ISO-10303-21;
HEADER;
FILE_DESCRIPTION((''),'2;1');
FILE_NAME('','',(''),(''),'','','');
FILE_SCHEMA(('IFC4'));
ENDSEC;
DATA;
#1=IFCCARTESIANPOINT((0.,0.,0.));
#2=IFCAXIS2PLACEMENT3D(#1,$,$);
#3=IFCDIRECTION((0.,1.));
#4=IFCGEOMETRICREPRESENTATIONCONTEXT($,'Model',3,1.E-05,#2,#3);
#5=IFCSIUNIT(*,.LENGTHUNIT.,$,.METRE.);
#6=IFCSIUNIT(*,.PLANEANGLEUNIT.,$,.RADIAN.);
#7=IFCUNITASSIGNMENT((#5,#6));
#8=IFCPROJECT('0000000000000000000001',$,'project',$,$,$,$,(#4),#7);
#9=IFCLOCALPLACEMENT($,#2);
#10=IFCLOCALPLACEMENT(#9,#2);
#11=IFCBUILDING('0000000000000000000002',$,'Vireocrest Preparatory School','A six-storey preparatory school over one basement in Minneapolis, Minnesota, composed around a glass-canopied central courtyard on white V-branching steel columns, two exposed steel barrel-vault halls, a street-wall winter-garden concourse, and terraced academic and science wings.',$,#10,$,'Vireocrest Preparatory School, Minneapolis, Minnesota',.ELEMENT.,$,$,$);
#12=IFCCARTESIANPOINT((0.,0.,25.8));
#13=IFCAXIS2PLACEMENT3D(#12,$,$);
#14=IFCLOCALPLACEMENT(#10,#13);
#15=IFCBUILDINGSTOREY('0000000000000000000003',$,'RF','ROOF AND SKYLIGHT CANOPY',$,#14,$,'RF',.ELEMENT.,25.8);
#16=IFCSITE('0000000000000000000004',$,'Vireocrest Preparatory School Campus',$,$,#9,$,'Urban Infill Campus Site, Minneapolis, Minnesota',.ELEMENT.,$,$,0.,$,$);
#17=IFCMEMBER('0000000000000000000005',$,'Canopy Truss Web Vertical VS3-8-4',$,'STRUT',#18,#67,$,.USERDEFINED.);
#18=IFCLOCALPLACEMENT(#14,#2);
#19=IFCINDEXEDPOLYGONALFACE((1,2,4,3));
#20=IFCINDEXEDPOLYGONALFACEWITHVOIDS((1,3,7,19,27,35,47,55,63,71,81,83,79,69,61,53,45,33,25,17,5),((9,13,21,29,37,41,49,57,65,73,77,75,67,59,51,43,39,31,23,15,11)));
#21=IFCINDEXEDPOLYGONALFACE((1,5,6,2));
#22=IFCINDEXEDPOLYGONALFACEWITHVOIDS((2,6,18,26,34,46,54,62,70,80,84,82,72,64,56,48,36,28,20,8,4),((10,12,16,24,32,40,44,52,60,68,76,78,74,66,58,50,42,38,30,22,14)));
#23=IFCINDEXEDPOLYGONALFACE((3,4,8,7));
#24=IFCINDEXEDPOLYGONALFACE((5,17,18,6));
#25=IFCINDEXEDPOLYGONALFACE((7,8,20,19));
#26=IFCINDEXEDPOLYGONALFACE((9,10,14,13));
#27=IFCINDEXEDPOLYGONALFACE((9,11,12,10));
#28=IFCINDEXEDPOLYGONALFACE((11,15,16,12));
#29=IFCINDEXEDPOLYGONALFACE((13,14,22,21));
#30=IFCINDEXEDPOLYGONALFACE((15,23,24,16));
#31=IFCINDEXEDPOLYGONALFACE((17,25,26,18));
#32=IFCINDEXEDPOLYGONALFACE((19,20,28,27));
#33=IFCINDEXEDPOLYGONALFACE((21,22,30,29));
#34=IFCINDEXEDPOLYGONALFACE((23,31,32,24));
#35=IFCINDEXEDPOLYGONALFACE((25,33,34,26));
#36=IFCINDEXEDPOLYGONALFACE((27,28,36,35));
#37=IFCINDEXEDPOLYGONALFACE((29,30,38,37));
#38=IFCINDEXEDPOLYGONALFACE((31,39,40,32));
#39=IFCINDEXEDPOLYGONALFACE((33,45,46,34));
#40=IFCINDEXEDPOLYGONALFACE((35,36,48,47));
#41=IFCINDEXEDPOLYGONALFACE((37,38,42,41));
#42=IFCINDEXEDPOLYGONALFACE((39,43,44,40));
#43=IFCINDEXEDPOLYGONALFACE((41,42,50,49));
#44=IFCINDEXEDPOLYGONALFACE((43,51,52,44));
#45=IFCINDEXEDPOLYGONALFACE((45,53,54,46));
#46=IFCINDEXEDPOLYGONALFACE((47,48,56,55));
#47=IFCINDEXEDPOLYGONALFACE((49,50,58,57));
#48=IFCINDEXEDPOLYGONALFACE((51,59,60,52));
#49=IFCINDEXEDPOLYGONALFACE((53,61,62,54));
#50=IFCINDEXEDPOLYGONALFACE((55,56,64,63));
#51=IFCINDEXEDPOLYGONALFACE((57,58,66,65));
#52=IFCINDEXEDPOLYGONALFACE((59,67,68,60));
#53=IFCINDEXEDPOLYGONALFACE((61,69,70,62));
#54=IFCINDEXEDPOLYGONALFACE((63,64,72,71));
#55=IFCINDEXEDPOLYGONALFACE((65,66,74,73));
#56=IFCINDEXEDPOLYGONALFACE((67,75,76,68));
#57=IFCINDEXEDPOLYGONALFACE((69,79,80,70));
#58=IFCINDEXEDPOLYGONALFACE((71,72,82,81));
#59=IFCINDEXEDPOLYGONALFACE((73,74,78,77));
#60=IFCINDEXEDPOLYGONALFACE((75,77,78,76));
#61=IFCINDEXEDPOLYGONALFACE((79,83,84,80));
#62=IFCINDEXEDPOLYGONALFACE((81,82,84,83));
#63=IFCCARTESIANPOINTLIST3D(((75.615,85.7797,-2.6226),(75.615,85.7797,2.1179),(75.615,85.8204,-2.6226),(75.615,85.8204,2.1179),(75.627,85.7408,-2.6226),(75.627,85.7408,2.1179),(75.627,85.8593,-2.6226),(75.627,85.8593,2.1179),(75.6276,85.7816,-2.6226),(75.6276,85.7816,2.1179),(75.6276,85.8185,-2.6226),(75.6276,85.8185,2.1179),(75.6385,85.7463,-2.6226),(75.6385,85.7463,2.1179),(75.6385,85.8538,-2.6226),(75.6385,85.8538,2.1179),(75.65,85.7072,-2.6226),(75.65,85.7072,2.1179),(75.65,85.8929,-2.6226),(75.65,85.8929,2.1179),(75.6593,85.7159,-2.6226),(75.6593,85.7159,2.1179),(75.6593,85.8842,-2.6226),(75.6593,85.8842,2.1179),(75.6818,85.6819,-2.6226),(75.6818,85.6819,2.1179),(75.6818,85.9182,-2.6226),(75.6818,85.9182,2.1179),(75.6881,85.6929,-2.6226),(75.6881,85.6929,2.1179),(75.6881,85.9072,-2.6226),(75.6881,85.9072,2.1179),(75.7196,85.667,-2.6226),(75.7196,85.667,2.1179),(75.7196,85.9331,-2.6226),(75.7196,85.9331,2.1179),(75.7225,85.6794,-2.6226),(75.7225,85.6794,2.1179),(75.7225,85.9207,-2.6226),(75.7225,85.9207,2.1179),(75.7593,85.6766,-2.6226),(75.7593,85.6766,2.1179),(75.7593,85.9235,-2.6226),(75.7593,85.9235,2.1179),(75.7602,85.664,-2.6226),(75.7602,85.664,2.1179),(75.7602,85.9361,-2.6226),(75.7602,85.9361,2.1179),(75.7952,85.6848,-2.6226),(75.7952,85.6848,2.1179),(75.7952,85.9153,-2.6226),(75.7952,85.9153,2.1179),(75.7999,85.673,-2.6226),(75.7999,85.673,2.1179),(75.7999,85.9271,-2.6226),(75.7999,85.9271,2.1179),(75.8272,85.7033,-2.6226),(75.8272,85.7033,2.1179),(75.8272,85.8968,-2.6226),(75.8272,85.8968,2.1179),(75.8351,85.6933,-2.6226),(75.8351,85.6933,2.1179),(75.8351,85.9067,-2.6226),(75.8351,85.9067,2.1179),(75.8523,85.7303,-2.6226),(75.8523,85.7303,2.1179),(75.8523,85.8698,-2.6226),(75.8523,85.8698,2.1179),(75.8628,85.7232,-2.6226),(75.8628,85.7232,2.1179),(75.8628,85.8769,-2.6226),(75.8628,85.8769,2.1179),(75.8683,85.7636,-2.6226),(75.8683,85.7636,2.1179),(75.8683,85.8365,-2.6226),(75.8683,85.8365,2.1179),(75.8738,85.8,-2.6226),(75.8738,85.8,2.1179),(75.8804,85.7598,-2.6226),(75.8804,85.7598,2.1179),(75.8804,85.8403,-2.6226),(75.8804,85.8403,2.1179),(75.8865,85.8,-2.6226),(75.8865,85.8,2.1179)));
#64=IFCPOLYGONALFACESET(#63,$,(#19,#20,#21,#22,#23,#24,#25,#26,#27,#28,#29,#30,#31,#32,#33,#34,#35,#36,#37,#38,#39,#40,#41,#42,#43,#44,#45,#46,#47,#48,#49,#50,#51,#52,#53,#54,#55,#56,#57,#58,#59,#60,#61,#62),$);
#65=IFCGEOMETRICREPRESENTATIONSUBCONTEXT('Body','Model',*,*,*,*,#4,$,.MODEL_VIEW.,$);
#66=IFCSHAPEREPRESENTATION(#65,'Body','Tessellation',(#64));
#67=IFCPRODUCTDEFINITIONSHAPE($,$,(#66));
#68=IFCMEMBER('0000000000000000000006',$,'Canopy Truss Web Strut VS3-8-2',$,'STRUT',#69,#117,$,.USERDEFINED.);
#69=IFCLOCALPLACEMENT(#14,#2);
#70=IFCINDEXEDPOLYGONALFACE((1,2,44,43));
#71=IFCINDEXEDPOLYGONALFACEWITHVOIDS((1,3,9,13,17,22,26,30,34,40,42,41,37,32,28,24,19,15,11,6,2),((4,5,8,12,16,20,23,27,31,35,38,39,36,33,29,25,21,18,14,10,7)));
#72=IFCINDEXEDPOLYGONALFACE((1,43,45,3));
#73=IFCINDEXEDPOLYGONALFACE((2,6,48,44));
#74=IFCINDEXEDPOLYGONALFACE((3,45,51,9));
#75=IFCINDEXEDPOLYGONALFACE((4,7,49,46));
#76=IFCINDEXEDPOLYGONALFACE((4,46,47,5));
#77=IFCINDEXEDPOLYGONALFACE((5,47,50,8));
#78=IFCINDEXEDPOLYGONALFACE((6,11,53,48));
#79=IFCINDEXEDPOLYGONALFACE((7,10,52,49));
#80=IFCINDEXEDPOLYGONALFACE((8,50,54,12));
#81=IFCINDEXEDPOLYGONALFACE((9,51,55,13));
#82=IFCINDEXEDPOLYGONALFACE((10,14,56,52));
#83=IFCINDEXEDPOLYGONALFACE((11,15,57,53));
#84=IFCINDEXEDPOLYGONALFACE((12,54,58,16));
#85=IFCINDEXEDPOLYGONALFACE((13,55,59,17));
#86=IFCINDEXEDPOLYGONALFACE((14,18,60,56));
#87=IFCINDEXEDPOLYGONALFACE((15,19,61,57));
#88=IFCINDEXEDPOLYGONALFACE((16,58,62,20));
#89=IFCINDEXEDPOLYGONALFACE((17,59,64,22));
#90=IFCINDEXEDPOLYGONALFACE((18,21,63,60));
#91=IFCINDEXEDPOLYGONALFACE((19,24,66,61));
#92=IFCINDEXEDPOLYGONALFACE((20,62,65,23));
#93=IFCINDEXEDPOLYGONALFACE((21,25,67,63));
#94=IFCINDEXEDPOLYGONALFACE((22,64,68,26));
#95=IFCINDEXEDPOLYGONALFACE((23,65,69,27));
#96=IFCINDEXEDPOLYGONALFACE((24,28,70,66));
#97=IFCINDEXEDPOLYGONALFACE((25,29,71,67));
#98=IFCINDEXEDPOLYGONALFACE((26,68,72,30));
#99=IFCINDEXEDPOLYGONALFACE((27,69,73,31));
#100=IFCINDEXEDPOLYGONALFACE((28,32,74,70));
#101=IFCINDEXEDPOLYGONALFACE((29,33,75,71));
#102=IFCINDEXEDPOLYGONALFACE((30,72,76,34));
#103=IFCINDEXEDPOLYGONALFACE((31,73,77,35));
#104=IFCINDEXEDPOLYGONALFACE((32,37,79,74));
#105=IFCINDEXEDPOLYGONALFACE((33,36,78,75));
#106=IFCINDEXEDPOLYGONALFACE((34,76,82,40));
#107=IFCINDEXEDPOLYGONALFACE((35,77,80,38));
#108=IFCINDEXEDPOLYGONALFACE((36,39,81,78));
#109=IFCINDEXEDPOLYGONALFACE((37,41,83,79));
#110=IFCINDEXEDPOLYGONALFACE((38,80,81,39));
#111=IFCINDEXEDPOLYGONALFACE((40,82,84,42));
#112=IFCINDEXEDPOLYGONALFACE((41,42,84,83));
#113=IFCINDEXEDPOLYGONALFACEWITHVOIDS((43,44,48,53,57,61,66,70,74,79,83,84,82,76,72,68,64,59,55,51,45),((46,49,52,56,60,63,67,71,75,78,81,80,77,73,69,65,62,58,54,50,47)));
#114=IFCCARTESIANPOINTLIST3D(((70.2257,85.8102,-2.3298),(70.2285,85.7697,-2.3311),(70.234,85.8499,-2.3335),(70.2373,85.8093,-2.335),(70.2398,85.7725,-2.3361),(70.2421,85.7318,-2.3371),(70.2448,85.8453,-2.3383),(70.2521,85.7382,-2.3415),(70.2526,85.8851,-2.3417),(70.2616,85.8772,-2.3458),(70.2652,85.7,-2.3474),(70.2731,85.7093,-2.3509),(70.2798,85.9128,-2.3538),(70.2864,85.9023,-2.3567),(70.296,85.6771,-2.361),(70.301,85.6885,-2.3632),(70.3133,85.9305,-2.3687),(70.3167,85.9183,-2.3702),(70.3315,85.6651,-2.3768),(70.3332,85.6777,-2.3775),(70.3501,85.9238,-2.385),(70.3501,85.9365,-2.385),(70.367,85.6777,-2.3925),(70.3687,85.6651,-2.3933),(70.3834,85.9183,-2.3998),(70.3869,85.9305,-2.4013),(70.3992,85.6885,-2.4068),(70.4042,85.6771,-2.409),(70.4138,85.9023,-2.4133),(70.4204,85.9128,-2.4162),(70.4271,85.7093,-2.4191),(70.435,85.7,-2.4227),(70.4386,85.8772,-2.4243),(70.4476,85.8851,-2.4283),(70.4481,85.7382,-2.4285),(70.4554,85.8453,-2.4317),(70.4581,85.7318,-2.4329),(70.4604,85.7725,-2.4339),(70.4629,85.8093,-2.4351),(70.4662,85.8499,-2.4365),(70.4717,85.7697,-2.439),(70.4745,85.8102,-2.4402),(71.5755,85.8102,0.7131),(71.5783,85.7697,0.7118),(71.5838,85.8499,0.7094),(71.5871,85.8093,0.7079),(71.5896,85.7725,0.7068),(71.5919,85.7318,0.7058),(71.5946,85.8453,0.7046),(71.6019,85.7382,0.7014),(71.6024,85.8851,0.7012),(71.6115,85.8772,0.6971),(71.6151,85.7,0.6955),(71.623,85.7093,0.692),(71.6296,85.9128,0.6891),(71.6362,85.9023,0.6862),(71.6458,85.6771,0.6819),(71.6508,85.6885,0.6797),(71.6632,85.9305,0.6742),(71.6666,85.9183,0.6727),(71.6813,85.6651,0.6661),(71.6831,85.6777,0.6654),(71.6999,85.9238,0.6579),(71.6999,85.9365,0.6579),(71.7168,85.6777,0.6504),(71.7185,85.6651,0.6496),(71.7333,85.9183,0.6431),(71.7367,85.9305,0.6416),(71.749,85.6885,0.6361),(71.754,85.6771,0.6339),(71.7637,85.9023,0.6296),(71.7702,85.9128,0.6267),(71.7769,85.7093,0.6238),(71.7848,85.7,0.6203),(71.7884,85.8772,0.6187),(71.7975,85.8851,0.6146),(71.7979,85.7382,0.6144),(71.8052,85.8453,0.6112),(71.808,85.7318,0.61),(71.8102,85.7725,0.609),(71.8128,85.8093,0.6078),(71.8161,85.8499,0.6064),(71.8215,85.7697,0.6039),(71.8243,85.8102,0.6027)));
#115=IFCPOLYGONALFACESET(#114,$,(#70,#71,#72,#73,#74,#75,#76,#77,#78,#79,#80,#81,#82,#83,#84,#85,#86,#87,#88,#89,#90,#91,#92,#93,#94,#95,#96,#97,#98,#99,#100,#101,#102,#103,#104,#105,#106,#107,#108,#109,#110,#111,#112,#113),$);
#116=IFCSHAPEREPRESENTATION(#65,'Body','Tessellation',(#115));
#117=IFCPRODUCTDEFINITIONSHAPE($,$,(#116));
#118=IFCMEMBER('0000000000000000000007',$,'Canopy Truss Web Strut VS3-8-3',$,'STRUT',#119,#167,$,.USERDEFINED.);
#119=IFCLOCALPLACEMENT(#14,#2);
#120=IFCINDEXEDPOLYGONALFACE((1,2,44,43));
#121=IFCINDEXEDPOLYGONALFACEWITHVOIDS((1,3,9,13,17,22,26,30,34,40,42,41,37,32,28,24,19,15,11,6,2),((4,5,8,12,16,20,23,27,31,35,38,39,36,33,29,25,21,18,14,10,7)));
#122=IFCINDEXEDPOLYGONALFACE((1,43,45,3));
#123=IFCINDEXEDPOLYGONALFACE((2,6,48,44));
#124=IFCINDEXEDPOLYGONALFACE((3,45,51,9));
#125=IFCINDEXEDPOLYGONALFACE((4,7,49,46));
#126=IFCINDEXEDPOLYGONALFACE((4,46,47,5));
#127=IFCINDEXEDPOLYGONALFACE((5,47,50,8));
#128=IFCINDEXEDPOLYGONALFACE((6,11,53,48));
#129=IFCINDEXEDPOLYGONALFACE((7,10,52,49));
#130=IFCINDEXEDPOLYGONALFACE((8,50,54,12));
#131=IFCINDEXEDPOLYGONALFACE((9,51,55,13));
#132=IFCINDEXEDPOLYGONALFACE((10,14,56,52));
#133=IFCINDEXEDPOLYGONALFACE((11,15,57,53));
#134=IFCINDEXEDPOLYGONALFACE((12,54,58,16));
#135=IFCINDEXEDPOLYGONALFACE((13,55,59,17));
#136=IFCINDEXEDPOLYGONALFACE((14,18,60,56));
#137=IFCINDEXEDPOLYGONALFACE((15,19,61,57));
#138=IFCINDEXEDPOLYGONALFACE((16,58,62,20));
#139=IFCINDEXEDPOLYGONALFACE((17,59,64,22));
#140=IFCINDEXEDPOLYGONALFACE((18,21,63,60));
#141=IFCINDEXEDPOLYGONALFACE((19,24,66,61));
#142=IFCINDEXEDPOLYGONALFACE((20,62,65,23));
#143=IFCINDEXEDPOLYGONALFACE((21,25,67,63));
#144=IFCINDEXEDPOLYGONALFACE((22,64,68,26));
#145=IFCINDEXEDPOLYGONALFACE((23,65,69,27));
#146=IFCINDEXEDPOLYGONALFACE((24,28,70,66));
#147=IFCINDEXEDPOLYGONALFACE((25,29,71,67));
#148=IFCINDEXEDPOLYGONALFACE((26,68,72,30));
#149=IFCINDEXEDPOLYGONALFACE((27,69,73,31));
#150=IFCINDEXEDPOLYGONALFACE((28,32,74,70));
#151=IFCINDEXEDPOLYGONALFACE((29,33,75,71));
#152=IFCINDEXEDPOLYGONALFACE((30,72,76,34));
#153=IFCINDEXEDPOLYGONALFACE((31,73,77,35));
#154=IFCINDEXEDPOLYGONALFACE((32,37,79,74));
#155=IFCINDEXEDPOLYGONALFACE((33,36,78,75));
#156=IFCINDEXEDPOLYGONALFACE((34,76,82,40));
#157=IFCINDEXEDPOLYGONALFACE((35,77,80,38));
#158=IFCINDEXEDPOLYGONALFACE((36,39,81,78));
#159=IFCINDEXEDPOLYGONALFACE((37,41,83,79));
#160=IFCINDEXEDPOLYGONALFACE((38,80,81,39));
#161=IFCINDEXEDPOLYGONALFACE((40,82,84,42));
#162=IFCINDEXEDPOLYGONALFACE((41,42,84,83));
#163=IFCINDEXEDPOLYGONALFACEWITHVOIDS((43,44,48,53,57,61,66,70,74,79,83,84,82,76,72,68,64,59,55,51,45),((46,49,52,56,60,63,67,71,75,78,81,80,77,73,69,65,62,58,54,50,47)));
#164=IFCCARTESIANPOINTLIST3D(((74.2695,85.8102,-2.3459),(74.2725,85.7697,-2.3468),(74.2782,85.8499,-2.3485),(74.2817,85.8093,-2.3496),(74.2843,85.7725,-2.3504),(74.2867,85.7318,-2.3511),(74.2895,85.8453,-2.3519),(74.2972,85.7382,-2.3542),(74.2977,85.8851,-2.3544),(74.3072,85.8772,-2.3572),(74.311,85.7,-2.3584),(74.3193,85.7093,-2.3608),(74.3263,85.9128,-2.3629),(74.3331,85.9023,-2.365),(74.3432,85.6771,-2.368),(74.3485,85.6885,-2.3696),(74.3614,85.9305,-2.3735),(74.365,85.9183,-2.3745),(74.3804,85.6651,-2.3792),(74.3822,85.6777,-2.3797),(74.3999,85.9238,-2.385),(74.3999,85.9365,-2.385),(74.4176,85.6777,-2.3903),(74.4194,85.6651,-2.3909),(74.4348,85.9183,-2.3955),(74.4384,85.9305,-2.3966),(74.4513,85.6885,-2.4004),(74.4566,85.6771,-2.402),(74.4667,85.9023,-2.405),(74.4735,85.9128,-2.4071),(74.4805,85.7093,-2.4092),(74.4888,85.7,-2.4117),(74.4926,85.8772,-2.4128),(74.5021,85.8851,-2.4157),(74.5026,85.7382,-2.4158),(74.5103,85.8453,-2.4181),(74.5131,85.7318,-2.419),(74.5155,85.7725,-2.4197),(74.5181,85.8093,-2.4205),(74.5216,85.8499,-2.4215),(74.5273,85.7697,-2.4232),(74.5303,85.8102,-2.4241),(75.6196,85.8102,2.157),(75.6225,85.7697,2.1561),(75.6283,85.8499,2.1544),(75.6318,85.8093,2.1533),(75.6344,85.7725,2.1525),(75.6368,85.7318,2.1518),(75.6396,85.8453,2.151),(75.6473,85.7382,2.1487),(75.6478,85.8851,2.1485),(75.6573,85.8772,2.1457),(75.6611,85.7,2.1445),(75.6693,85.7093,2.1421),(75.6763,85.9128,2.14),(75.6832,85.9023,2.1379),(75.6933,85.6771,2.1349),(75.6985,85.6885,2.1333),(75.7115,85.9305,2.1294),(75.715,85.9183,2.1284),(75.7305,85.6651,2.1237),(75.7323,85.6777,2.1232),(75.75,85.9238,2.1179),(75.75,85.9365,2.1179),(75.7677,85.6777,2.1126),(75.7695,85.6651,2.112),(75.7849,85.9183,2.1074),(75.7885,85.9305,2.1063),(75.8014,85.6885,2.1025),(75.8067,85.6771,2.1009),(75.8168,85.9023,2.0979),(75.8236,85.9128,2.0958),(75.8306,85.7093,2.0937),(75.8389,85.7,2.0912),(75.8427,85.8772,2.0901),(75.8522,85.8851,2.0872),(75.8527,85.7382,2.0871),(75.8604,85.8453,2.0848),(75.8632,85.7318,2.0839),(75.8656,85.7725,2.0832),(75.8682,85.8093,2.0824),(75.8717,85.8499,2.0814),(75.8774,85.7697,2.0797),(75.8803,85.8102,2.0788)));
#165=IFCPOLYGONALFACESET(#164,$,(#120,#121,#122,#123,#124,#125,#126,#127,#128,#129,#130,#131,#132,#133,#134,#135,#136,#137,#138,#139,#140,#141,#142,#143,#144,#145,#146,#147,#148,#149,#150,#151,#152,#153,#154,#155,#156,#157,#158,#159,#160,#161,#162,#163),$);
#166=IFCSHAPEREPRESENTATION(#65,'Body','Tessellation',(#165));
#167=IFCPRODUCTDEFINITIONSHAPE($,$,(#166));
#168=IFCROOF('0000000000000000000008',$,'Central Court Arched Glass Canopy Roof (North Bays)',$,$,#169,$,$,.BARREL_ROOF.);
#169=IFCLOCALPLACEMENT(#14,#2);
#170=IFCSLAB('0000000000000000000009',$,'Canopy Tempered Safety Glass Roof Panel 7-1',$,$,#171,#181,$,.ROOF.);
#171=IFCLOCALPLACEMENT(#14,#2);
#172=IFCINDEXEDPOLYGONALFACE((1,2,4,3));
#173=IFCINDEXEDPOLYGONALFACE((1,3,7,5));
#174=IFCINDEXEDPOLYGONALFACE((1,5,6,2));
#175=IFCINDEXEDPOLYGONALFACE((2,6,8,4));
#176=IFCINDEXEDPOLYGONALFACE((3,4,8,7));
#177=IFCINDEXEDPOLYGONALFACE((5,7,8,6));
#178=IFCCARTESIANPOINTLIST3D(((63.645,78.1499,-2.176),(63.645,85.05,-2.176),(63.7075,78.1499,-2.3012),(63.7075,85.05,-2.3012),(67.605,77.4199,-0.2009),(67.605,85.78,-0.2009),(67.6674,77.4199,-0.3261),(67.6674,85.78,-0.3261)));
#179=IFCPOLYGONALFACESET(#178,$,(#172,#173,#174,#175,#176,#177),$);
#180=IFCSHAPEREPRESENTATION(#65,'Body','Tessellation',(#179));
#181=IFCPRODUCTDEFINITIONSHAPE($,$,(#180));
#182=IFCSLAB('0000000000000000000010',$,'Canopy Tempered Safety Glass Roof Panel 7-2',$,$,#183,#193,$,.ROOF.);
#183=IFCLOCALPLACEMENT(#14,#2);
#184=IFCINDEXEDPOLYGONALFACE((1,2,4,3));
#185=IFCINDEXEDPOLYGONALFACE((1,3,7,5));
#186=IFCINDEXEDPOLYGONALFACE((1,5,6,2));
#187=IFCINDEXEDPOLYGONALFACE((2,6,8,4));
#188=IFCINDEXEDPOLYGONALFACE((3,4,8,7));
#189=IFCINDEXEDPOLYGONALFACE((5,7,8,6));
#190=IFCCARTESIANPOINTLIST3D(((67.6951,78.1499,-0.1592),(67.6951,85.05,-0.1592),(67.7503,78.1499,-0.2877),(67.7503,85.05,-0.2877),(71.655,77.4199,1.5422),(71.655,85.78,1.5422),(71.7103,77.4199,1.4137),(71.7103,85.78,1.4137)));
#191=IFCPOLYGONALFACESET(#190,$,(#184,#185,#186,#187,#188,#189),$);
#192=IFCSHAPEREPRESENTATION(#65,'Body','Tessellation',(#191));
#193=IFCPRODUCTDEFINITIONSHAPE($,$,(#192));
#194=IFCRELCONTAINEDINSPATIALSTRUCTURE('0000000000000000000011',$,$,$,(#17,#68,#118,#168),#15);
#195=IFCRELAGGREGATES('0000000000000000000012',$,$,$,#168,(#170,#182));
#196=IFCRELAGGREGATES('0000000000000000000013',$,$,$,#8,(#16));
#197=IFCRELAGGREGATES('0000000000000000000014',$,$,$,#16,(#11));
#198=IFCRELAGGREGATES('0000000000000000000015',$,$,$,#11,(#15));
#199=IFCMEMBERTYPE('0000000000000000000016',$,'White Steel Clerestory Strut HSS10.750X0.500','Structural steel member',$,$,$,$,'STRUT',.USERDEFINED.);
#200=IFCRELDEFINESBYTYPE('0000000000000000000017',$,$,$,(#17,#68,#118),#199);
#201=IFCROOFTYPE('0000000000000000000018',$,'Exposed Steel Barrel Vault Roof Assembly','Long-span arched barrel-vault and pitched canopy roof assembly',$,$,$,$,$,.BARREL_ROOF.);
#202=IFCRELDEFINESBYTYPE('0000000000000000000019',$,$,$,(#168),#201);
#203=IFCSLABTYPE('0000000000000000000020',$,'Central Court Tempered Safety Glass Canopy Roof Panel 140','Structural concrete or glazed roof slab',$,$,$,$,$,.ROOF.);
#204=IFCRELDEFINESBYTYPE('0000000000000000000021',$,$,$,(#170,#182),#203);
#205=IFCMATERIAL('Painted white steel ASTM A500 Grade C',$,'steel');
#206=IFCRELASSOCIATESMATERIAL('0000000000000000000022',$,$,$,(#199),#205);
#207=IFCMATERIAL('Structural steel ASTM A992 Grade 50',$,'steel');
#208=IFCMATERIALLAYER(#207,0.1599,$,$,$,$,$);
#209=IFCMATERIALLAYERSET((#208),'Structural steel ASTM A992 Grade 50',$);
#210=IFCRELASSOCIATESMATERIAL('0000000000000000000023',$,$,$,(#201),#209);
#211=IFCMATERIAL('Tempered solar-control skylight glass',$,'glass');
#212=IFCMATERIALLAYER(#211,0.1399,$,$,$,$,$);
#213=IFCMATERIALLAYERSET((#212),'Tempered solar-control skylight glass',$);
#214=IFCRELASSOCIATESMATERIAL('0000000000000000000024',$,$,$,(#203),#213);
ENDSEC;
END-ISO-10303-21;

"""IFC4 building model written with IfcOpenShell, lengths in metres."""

from ifc_helpers import new_model, si_unit, direction, frame, origin, origin_2d, place, context, subcontext, project, spatial, polyline, hollow_circle, outline, extrude, material, layer, layer_set, material_profile, profile_set, type_object, element, aggregate, save


model = new_model("IFC4")

# Units and contexts
model_context = context("Model", 3, precision=1e-05, world=origin(), true_north=direction((0.0, 1.0)))
body_context = subcontext(model_context, "Body", "Model", "MODEL_VIEW")
ifc_project = project(units=[si_unit("LENGTHUNIT", "METRE"), si_unit("PLANEANGLEUNIT", "RADIAN")], contexts=[model_context])

# Site, building, storey
site_placement = place(None, origin())
site = spatial("IfcSite", under=ifc_project, at=site_placement, Name="Vireocrest Preparatory School Campus", LongName="Urban Infill Campus Site, Minneapolis, Minnesota", CompositionType="ELEMENT", RefElevation=0.0)
building_placement = place(site_placement, origin())
building = spatial("IfcBuilding", under=site, at=building_placement, Name="Vireocrest Preparatory School", Description="A six-storey preparatory school over one basement in Minneapolis, Minnesota, composed around a glass-canopied central courtyard on white V-branching steel columns, two exposed steel barrel-vault halls, a street-wall winter-garden concourse, and terraced academic and science wings.", LongName="Vireocrest Preparatory School, Minneapolis, Minnesota", CompositionType="ELEMENT")
storey_placement = place(building_placement, frame((0.0, 0.0, 25.8)))
storey = spatial("IfcBuildingStorey", under=building, at=storey_placement, Name="RF", Description="ROOF AND SKYLIGHT CANOPY", LongName="RF", CompositionType="ELEMENT", Elevation=25.8)

# Shared definitions
ifc_material_1 = material(Name="Painted white steel ASTM A500 Grade C", Category="steel")

# Shared definitions
ifc_material_2 = material(Name="Structural steel ASTM A992 Grade 50", Category="steel")

# Members
ifc_material_profile_1 = material_profile(ifc_material_1, hollow_circle(Radius=0.1365, WallThickness=0.0127, at=origin_2d()), Name="HSS10.750X0.500")
ifc_profile_set_1 = profile_set([ifc_material_profile_1], Name="Painted white steel ASTM A500 Grade C")
member_type_1 = type_object("IfcMemberType", Name="White Steel Clerestory Strut HSS10.750X0.500", Description="Structural steel member", ElementType="STRUT", PredefinedType="USERDEFINED", material=ifc_profile_set_1)
member_1_placement = place(storey_placement, frame((75.75, 85.8, -2.6226), z_axis=(0.0, 0.0, 1.0), x_axis=(1.0, 0.0, 0.0)))
element("IfcMember", 1, at=member_1_placement, inside=storey, type_object=member_type_1, Name="Canopy Truss Web Vertical VS3-8-4", ObjectType="STRUT", PredefinedType="USERDEFINED", context=body_context, shape_type="SweptSolid", body=[
    extrude(hollow_circle(Radius=0.1365, WallThickness=0.0127, at=origin_2d()), origin(), (0.0, 0.0, 1.0), 4.7405),
])
member_2_placement = place(storey_placement, frame((70.3501, 85.8, -2.385), z_axis=(0.405492, 0.0, 0.914099), x_axis=(0.0, 1.0, 0.0)))
element("IfcMember", 2, at=member_2_placement, inside=storey, type_object=member_type_1, Name="Canopy Truss Web Strut VS3-8-2", ObjectType="STRUT", PredefinedType="USERDEFINED", context=body_context, shape_type="SweptSolid", body=[
    extrude(hollow_circle(Radius=0.1365, WallThickness=0.0127, at=origin_2d()), origin(), (0.0, 0.0, 1.0), 3.3289),
])
member_3_placement = place(storey_placement, frame((74.3999, 85.8, -2.385), z_axis=(0.287195, 0.0, 0.957872), x_axis=(0.0, 1.0, 0.0)))
element("IfcMember", 3, at=member_3_placement, inside=storey, type_object=member_type_1, Name="Canopy Truss Web Strut VS3-8-3", ObjectType="STRUT", PredefinedType="USERDEFINED", context=body_context, shape_type="SweptSolid", body=[
    extrude(hollow_circle(Radius=0.1365, WallThickness=0.0127, at=origin_2d()), origin(), (0.0, 0.0, 1.0), 4.7009),
])

# Roof, slabs
ifc_layer_1 = layer(ifc_material_2, 0.1599)
ifc_layer_set_1 = layer_set([ifc_layer_1], Name="Structural steel ASTM A992 Grade 50")
roof_type = type_object("IfcRoofType", Name="Exposed Steel Barrel Vault Roof Assembly", Description="Long-span arched barrel-vault and pitched canopy roof assembly", PredefinedType="BARREL_ROOF", material=ifc_layer_set_1)
roof_placement = place(storey_placement, origin())
roof = element("IfcRoof", 4, at=roof_placement, inside=storey, type_object=roof_type, Name="Central Court Arched Glass Canopy Roof (North Bays)", PredefinedType="BARREL_ROOF")
ifc_material_3 = material(Name="Tempered solar-control skylight glass", Category="glass")
ifc_layer_2 = layer(ifc_material_3, 0.1399)
ifc_layer_set_2 = layer_set([ifc_layer_2], Name="Tempered solar-control skylight glass")
slab_type = type_object("IfcSlabType", Name="Central Court Tempered Safety Glass Canopy Roof Panel 140", Description="Structural concrete or glazed roof slab", PredefinedType="ROOF", material=ifc_layer_set_2)
slab_1_placement = place(storey_placement, frame((63.645, 78.1499, -2.176), z_axis=(-0.446331, 0.0, 0.894868), x_axis=(0.882936, -0.162761, 0.440379)))
slab_1 = element("IfcSlab", 5, at=slab_1_placement, type_object=slab_type, Name="Canopy Tempered Safety Glass Roof Panel 7-1", PredefinedType="ROOF", context=body_context, shape_type="SweptSolid", body=[
    extrude(outline(polyline([(0.0, 0.0), (4.485, 0.0), (3.1243, 8.2486), (-1.1231, 6.8081), (0.0, 0.0)])), origin(), (0.0, 0.0, -1.0), 0.1399),
])
slab_2_placement = place(storey_placement, frame((67.6951, 78.1499, -0.1592), z_axis=(-0.39476, 0.0, 0.918784), x_axis=(0.905883, -0.166991, 0.389217)))
slab_2 = element("IfcSlab", 6, at=slab_2_placement, type_object=slab_type, Name="Canopy Tempered Safety Glass Roof Panel 7-2", PredefinedType="ROOF", context=body_context, shape_type="SweptSolid", body=[
    extrude(outline(polyline([(0.0, 0.0), (4.3714, 0.0), (2.9753, 8.2427), (-1.1523, 6.8033), (0.0, 0.0)])), origin(), (0.0, 0.0, -1.0), 0.1399),
])
aggregate(roof, [slab_1, slab_2])

save(model, "model.ifc")
